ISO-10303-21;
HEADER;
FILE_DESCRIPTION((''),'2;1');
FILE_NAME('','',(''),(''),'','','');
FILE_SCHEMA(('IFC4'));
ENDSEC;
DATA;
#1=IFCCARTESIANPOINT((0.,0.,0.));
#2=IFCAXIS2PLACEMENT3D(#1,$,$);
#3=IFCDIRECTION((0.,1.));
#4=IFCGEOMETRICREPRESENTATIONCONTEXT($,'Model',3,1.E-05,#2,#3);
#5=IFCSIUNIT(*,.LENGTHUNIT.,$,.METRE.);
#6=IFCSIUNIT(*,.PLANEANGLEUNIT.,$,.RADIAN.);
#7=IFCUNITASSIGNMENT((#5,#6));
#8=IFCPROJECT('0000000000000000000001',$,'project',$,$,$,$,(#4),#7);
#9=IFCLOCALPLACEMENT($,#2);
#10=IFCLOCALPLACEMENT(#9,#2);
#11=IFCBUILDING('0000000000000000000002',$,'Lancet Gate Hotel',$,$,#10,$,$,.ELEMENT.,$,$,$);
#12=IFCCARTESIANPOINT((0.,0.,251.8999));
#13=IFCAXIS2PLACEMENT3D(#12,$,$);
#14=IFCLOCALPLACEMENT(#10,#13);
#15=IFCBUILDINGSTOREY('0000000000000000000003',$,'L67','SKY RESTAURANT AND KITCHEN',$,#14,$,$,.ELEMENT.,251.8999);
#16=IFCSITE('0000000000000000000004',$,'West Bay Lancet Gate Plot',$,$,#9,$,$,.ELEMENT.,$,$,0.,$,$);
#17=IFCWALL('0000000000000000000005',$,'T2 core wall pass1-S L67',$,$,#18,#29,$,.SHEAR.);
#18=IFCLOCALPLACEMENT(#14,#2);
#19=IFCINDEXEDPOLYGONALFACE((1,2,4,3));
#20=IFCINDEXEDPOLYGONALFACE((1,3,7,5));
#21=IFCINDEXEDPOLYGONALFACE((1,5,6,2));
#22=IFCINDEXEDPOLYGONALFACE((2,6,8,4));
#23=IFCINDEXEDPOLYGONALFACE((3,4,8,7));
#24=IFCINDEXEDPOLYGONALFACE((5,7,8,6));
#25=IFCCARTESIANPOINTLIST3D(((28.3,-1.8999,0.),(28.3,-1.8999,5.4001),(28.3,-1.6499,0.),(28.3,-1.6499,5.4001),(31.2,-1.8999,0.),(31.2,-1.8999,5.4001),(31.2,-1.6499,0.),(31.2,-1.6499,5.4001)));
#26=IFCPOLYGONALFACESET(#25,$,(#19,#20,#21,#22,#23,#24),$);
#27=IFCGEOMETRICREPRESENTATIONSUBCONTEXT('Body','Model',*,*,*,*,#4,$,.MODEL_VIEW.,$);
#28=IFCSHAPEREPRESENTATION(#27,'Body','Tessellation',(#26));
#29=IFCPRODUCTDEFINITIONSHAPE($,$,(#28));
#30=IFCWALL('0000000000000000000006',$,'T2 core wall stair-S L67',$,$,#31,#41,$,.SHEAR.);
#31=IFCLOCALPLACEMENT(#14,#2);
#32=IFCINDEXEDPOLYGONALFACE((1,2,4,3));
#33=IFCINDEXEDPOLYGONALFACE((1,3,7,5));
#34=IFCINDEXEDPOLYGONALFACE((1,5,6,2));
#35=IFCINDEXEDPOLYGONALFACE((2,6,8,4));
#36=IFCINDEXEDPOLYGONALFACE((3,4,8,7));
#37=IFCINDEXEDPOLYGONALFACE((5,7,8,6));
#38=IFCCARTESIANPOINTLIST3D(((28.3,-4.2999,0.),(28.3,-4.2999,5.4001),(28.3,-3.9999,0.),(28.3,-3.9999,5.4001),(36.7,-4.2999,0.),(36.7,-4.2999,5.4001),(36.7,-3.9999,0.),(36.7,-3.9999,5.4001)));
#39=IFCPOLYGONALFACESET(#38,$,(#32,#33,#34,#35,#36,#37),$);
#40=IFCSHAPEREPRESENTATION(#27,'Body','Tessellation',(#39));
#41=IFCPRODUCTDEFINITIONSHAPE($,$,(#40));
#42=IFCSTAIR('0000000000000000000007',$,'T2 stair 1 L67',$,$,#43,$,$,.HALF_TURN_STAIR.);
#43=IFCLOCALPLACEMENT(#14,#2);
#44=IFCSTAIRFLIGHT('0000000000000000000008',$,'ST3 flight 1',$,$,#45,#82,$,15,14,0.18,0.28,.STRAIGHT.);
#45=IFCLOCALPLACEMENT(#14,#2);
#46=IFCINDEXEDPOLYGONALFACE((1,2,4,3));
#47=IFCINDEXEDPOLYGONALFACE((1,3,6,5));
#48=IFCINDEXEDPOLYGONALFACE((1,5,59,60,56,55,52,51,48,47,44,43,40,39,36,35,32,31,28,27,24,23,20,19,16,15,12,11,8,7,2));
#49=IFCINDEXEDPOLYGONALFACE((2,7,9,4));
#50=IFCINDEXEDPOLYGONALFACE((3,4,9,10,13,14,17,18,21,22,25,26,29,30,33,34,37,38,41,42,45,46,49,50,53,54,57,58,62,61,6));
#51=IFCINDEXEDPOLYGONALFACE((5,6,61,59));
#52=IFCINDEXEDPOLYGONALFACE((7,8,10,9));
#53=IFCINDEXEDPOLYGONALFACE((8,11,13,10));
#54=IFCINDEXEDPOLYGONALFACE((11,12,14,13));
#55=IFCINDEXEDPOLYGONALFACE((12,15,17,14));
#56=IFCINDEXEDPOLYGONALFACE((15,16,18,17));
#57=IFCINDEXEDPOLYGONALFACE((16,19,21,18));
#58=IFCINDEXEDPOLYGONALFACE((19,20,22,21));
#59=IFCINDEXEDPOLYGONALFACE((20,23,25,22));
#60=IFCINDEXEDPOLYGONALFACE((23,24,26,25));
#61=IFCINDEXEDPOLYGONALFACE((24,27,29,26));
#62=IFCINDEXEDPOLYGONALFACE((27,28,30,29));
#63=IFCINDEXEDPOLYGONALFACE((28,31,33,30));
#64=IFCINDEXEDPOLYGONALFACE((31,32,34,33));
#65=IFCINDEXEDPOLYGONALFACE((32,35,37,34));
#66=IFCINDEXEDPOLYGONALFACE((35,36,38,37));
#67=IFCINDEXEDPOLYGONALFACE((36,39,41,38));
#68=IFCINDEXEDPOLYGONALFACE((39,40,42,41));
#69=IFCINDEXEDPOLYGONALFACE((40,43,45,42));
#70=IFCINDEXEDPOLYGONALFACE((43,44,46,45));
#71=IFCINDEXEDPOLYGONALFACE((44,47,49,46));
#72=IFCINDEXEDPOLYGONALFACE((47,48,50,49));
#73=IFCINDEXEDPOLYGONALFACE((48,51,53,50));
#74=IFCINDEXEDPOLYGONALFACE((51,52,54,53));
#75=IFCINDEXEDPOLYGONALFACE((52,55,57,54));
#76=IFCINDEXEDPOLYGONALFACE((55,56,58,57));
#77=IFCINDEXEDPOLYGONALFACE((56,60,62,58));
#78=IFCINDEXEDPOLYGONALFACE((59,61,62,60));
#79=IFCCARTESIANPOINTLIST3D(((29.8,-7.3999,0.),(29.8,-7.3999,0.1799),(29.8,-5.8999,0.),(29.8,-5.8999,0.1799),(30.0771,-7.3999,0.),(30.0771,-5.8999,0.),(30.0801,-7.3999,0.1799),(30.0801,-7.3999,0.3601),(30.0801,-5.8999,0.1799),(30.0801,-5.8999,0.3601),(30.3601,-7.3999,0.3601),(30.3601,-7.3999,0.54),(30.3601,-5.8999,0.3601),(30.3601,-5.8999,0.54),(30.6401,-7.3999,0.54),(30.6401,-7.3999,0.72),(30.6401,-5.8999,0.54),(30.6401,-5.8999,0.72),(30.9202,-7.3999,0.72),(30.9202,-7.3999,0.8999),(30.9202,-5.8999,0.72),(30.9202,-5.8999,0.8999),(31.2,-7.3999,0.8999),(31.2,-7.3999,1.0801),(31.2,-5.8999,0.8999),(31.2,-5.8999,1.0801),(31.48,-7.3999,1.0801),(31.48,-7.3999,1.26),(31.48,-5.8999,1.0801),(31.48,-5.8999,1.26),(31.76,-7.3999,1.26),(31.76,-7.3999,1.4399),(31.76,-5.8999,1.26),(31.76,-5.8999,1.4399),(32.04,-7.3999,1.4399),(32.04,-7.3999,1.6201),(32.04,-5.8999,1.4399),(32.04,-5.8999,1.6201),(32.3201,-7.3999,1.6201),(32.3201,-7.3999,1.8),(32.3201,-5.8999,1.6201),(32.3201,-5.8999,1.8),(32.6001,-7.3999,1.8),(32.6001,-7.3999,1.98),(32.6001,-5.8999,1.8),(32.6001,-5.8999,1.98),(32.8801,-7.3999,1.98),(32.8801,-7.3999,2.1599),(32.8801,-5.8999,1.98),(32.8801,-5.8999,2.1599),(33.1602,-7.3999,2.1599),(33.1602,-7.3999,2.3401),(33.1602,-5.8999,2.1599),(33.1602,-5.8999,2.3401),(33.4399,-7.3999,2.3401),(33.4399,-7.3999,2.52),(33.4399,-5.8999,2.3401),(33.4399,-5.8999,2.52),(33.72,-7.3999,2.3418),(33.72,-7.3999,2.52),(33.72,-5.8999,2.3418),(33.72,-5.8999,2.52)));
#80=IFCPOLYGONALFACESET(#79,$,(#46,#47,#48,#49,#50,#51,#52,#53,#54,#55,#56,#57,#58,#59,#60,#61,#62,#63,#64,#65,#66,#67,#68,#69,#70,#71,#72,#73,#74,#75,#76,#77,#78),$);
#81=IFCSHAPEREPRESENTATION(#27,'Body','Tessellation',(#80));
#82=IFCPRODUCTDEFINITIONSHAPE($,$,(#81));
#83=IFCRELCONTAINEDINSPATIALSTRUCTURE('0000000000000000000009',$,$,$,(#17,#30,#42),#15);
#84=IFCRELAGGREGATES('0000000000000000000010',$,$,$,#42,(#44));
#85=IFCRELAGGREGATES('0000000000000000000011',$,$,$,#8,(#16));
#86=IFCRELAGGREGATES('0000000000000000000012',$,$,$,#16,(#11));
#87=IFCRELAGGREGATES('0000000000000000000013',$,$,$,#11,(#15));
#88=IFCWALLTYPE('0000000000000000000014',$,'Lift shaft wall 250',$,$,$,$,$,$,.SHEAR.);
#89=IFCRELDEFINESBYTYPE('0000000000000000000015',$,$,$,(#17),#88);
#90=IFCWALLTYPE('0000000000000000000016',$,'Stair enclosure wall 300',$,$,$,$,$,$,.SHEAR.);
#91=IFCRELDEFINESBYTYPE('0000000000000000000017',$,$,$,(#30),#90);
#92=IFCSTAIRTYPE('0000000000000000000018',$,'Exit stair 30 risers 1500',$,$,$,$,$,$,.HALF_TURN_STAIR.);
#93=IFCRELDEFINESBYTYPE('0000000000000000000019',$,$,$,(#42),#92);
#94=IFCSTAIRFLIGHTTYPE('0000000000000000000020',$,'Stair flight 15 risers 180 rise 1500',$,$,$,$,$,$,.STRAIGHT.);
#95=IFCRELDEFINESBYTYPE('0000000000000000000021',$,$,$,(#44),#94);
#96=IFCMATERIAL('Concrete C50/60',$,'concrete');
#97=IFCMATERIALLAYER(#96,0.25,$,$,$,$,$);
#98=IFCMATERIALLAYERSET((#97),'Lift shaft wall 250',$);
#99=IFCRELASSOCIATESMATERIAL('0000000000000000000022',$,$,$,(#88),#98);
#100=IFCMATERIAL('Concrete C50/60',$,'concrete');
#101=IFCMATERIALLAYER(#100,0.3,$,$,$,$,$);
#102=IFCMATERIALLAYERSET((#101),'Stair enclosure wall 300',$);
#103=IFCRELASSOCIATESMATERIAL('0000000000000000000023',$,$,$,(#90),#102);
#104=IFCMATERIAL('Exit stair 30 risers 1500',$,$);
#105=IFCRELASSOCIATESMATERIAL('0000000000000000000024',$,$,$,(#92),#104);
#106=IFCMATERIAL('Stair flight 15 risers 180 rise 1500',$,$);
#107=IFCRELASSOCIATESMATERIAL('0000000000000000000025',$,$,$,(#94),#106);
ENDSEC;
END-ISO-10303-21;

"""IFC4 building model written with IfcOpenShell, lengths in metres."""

from ifc_helpers import new_model, si_unit, direction, frame, frame_2d, origin, place, context, subcontext, project, spatial, polyline, rectangle, outline, extrude, material, layer, layer_set, type_object, element, aggregate, save


model = new_model("IFC4")

# Units and contexts
model_context = context("Model", 3, precision=1e-05, world=origin(), true_north=direction((0.0, 1.0)))
body_context = subcontext(model_context, "Body", "Model", "MODEL_VIEW")
ifc_project = project(units=[si_unit("LENGTHUNIT", "METRE"), si_unit("PLANEANGLEUNIT", "RADIAN")], contexts=[model_context])

# Site, building, storey
site_placement = place(None, origin())
site = spatial("IfcSite", under=ifc_project, at=site_placement, Name="West Bay Lancet Gate Plot", CompositionType="ELEMENT", RefElevation=0.0)
building_placement = place(site_placement, origin())
building = spatial("IfcBuilding", under=site, at=building_placement, Name="Lancet Gate Hotel", CompositionType="ELEMENT")
storey_placement = place(building_placement, frame((0.0, 0.0, 251.8999)))
storey = spatial("IfcBuildingStorey", under=building, at=storey_placement, Name="L67", Description="SKY RESTAURANT AND KITCHEN", CompositionType="ELEMENT", Elevation=251.8999)

# Walls
ifc_material_1 = material(Name="Concrete C50/60", Category="concrete")
ifc_layer_1 = layer(ifc_material_1, 0.25)
ifc_layer_set_1 = layer_set([ifc_layer_1], Name="Lift shaft wall 250")
wall_type_1 = type_object("IfcWallType", Name="Lift shaft wall 250", PredefinedType="SHEAR", material=ifc_layer_set_1)
wall_1_placement = place(storey_placement, frame((28.3, -1.7749, 0.0), z_axis=(0.0, 0.0, 1.0), x_axis=(1.0, 0.0, 0.0)))
element("IfcWall", 1, at=wall_1_placement, inside=storey, type_object=wall_type_1, Name="T2 core wall pass1-S L67", PredefinedType="SHEAR", context=body_context, shape_type="SweptSolid", body=[
    extrude(rectangle(XDim=2.8999, YDim=0.25, at=frame_2d((1.45, 0.0))), origin(), (0.0, 0.0, 1.0), 5.4001),
])
ifc_material_2 = material(Name="Concrete C50/60", Category="concrete")
ifc_layer_2 = layer(ifc_material_2, 0.3)
ifc_layer_set_2 = layer_set([ifc_layer_2], Name="Stair enclosure wall 300")
wall_type_2 = type_object("IfcWallType", Name="Stair enclosure wall 300", PredefinedType="SHEAR", material=ifc_layer_set_2)
wall_2_placement = place(storey_placement, frame((28.3, -4.1499, 0.0), z_axis=(0.0, 0.0, 1.0), x_axis=(1.0, 0.0, 0.0)))
element("IfcWall", 2, at=wall_2_placement, inside=storey, type_object=wall_type_2, Name="T2 core wall stair-S L67", PredefinedType="SHEAR", context=body_context, shape_type="SweptSolid", body=[
    extrude(rectangle(XDim=8.3999, YDim=0.3, at=frame_2d((4.2, 0.0))), origin(), (0.0, 0.0, 1.0), 5.4001),
])

# Stair, stair flight
ifc_material_3 = material(Name="Exit stair 30 risers 1500")
stair_type = type_object("IfcStairType", Name="Exit stair 30 risers 1500", PredefinedType="HALF_TURN_STAIR", material=ifc_material_3)
stair_placement = place(storey_placement, origin())
stair = element("IfcStair", 3, at=stair_placement, inside=storey, type_object=stair_type, Name="T2 stair 1 L67", PredefinedType="HALF_TURN_STAIR")
ifc_material_4 = material(Name="Stair flight 15 risers 180 rise 1500")
stair_flight_type = type_object("IfcStairFlightType", Name="Stair flight 15 risers 180 rise 1500", PredefinedType="STRAIGHT", material=ifc_material_4)
stair_flight_placement = place(storey_placement, frame((29.8, -6.6499, 0.0), z_axis=(0.0, 0.0, 1.0), x_axis=(1.0, 0.0, 0.0)))
stair_flight = element("IfcStairFlight", 4, at=stair_flight_placement, type_object=stair_flight_type, Name="ST3 flight 1", NumberOfRisers=15, NumberOfTreads=14, PredefinedType="STRAIGHT", RiserHeight=0.18, TreadLength=0.28, context=body_context, shape_type="SweptSolid", body=[
    extrude(outline(polyline([(0.0, 0.0), (0.0, 0.1799), (0.28, 0.1799), (0.28, 0.3601), (0.5601, 0.3601), (0.5601, 0.54), (0.8401, 0.54), (0.8401, 0.72), (1.1201, 0.72), (1.1201, 0.8999), (1.3999, 0.8999), (1.3999, 1.0801), (1.6799, 1.0801), (1.6799, 1.26), (1.96, 1.26), (1.96, 1.4399), (2.24, 1.4399), (2.24, 1.6201), (2.52, 1.6201), (2.52, 1.8), (2.8, 1.8), (2.8, 1.98), (3.0801, 1.98), (3.0801, 2.1599), (3.3601, 2.1599), (3.3601, 2.3401), (3.6399, 2.3401), (3.6399, 2.52), (3.9199, 2.52), (3.9199, 2.7), (3.9199, 2.3418), (0.2771, 0.0), (0.0, 0.0)])), frame((0.0, 0.75, 0.0), z_axis=(0.0, -1.0, 0.0), x_axis=(1.0, 0.0, 0.0)), (0.0, 0.0, 1.0), 1.5),
])
aggregate(stair, [stair_flight])

save(model, "model.ifc")
